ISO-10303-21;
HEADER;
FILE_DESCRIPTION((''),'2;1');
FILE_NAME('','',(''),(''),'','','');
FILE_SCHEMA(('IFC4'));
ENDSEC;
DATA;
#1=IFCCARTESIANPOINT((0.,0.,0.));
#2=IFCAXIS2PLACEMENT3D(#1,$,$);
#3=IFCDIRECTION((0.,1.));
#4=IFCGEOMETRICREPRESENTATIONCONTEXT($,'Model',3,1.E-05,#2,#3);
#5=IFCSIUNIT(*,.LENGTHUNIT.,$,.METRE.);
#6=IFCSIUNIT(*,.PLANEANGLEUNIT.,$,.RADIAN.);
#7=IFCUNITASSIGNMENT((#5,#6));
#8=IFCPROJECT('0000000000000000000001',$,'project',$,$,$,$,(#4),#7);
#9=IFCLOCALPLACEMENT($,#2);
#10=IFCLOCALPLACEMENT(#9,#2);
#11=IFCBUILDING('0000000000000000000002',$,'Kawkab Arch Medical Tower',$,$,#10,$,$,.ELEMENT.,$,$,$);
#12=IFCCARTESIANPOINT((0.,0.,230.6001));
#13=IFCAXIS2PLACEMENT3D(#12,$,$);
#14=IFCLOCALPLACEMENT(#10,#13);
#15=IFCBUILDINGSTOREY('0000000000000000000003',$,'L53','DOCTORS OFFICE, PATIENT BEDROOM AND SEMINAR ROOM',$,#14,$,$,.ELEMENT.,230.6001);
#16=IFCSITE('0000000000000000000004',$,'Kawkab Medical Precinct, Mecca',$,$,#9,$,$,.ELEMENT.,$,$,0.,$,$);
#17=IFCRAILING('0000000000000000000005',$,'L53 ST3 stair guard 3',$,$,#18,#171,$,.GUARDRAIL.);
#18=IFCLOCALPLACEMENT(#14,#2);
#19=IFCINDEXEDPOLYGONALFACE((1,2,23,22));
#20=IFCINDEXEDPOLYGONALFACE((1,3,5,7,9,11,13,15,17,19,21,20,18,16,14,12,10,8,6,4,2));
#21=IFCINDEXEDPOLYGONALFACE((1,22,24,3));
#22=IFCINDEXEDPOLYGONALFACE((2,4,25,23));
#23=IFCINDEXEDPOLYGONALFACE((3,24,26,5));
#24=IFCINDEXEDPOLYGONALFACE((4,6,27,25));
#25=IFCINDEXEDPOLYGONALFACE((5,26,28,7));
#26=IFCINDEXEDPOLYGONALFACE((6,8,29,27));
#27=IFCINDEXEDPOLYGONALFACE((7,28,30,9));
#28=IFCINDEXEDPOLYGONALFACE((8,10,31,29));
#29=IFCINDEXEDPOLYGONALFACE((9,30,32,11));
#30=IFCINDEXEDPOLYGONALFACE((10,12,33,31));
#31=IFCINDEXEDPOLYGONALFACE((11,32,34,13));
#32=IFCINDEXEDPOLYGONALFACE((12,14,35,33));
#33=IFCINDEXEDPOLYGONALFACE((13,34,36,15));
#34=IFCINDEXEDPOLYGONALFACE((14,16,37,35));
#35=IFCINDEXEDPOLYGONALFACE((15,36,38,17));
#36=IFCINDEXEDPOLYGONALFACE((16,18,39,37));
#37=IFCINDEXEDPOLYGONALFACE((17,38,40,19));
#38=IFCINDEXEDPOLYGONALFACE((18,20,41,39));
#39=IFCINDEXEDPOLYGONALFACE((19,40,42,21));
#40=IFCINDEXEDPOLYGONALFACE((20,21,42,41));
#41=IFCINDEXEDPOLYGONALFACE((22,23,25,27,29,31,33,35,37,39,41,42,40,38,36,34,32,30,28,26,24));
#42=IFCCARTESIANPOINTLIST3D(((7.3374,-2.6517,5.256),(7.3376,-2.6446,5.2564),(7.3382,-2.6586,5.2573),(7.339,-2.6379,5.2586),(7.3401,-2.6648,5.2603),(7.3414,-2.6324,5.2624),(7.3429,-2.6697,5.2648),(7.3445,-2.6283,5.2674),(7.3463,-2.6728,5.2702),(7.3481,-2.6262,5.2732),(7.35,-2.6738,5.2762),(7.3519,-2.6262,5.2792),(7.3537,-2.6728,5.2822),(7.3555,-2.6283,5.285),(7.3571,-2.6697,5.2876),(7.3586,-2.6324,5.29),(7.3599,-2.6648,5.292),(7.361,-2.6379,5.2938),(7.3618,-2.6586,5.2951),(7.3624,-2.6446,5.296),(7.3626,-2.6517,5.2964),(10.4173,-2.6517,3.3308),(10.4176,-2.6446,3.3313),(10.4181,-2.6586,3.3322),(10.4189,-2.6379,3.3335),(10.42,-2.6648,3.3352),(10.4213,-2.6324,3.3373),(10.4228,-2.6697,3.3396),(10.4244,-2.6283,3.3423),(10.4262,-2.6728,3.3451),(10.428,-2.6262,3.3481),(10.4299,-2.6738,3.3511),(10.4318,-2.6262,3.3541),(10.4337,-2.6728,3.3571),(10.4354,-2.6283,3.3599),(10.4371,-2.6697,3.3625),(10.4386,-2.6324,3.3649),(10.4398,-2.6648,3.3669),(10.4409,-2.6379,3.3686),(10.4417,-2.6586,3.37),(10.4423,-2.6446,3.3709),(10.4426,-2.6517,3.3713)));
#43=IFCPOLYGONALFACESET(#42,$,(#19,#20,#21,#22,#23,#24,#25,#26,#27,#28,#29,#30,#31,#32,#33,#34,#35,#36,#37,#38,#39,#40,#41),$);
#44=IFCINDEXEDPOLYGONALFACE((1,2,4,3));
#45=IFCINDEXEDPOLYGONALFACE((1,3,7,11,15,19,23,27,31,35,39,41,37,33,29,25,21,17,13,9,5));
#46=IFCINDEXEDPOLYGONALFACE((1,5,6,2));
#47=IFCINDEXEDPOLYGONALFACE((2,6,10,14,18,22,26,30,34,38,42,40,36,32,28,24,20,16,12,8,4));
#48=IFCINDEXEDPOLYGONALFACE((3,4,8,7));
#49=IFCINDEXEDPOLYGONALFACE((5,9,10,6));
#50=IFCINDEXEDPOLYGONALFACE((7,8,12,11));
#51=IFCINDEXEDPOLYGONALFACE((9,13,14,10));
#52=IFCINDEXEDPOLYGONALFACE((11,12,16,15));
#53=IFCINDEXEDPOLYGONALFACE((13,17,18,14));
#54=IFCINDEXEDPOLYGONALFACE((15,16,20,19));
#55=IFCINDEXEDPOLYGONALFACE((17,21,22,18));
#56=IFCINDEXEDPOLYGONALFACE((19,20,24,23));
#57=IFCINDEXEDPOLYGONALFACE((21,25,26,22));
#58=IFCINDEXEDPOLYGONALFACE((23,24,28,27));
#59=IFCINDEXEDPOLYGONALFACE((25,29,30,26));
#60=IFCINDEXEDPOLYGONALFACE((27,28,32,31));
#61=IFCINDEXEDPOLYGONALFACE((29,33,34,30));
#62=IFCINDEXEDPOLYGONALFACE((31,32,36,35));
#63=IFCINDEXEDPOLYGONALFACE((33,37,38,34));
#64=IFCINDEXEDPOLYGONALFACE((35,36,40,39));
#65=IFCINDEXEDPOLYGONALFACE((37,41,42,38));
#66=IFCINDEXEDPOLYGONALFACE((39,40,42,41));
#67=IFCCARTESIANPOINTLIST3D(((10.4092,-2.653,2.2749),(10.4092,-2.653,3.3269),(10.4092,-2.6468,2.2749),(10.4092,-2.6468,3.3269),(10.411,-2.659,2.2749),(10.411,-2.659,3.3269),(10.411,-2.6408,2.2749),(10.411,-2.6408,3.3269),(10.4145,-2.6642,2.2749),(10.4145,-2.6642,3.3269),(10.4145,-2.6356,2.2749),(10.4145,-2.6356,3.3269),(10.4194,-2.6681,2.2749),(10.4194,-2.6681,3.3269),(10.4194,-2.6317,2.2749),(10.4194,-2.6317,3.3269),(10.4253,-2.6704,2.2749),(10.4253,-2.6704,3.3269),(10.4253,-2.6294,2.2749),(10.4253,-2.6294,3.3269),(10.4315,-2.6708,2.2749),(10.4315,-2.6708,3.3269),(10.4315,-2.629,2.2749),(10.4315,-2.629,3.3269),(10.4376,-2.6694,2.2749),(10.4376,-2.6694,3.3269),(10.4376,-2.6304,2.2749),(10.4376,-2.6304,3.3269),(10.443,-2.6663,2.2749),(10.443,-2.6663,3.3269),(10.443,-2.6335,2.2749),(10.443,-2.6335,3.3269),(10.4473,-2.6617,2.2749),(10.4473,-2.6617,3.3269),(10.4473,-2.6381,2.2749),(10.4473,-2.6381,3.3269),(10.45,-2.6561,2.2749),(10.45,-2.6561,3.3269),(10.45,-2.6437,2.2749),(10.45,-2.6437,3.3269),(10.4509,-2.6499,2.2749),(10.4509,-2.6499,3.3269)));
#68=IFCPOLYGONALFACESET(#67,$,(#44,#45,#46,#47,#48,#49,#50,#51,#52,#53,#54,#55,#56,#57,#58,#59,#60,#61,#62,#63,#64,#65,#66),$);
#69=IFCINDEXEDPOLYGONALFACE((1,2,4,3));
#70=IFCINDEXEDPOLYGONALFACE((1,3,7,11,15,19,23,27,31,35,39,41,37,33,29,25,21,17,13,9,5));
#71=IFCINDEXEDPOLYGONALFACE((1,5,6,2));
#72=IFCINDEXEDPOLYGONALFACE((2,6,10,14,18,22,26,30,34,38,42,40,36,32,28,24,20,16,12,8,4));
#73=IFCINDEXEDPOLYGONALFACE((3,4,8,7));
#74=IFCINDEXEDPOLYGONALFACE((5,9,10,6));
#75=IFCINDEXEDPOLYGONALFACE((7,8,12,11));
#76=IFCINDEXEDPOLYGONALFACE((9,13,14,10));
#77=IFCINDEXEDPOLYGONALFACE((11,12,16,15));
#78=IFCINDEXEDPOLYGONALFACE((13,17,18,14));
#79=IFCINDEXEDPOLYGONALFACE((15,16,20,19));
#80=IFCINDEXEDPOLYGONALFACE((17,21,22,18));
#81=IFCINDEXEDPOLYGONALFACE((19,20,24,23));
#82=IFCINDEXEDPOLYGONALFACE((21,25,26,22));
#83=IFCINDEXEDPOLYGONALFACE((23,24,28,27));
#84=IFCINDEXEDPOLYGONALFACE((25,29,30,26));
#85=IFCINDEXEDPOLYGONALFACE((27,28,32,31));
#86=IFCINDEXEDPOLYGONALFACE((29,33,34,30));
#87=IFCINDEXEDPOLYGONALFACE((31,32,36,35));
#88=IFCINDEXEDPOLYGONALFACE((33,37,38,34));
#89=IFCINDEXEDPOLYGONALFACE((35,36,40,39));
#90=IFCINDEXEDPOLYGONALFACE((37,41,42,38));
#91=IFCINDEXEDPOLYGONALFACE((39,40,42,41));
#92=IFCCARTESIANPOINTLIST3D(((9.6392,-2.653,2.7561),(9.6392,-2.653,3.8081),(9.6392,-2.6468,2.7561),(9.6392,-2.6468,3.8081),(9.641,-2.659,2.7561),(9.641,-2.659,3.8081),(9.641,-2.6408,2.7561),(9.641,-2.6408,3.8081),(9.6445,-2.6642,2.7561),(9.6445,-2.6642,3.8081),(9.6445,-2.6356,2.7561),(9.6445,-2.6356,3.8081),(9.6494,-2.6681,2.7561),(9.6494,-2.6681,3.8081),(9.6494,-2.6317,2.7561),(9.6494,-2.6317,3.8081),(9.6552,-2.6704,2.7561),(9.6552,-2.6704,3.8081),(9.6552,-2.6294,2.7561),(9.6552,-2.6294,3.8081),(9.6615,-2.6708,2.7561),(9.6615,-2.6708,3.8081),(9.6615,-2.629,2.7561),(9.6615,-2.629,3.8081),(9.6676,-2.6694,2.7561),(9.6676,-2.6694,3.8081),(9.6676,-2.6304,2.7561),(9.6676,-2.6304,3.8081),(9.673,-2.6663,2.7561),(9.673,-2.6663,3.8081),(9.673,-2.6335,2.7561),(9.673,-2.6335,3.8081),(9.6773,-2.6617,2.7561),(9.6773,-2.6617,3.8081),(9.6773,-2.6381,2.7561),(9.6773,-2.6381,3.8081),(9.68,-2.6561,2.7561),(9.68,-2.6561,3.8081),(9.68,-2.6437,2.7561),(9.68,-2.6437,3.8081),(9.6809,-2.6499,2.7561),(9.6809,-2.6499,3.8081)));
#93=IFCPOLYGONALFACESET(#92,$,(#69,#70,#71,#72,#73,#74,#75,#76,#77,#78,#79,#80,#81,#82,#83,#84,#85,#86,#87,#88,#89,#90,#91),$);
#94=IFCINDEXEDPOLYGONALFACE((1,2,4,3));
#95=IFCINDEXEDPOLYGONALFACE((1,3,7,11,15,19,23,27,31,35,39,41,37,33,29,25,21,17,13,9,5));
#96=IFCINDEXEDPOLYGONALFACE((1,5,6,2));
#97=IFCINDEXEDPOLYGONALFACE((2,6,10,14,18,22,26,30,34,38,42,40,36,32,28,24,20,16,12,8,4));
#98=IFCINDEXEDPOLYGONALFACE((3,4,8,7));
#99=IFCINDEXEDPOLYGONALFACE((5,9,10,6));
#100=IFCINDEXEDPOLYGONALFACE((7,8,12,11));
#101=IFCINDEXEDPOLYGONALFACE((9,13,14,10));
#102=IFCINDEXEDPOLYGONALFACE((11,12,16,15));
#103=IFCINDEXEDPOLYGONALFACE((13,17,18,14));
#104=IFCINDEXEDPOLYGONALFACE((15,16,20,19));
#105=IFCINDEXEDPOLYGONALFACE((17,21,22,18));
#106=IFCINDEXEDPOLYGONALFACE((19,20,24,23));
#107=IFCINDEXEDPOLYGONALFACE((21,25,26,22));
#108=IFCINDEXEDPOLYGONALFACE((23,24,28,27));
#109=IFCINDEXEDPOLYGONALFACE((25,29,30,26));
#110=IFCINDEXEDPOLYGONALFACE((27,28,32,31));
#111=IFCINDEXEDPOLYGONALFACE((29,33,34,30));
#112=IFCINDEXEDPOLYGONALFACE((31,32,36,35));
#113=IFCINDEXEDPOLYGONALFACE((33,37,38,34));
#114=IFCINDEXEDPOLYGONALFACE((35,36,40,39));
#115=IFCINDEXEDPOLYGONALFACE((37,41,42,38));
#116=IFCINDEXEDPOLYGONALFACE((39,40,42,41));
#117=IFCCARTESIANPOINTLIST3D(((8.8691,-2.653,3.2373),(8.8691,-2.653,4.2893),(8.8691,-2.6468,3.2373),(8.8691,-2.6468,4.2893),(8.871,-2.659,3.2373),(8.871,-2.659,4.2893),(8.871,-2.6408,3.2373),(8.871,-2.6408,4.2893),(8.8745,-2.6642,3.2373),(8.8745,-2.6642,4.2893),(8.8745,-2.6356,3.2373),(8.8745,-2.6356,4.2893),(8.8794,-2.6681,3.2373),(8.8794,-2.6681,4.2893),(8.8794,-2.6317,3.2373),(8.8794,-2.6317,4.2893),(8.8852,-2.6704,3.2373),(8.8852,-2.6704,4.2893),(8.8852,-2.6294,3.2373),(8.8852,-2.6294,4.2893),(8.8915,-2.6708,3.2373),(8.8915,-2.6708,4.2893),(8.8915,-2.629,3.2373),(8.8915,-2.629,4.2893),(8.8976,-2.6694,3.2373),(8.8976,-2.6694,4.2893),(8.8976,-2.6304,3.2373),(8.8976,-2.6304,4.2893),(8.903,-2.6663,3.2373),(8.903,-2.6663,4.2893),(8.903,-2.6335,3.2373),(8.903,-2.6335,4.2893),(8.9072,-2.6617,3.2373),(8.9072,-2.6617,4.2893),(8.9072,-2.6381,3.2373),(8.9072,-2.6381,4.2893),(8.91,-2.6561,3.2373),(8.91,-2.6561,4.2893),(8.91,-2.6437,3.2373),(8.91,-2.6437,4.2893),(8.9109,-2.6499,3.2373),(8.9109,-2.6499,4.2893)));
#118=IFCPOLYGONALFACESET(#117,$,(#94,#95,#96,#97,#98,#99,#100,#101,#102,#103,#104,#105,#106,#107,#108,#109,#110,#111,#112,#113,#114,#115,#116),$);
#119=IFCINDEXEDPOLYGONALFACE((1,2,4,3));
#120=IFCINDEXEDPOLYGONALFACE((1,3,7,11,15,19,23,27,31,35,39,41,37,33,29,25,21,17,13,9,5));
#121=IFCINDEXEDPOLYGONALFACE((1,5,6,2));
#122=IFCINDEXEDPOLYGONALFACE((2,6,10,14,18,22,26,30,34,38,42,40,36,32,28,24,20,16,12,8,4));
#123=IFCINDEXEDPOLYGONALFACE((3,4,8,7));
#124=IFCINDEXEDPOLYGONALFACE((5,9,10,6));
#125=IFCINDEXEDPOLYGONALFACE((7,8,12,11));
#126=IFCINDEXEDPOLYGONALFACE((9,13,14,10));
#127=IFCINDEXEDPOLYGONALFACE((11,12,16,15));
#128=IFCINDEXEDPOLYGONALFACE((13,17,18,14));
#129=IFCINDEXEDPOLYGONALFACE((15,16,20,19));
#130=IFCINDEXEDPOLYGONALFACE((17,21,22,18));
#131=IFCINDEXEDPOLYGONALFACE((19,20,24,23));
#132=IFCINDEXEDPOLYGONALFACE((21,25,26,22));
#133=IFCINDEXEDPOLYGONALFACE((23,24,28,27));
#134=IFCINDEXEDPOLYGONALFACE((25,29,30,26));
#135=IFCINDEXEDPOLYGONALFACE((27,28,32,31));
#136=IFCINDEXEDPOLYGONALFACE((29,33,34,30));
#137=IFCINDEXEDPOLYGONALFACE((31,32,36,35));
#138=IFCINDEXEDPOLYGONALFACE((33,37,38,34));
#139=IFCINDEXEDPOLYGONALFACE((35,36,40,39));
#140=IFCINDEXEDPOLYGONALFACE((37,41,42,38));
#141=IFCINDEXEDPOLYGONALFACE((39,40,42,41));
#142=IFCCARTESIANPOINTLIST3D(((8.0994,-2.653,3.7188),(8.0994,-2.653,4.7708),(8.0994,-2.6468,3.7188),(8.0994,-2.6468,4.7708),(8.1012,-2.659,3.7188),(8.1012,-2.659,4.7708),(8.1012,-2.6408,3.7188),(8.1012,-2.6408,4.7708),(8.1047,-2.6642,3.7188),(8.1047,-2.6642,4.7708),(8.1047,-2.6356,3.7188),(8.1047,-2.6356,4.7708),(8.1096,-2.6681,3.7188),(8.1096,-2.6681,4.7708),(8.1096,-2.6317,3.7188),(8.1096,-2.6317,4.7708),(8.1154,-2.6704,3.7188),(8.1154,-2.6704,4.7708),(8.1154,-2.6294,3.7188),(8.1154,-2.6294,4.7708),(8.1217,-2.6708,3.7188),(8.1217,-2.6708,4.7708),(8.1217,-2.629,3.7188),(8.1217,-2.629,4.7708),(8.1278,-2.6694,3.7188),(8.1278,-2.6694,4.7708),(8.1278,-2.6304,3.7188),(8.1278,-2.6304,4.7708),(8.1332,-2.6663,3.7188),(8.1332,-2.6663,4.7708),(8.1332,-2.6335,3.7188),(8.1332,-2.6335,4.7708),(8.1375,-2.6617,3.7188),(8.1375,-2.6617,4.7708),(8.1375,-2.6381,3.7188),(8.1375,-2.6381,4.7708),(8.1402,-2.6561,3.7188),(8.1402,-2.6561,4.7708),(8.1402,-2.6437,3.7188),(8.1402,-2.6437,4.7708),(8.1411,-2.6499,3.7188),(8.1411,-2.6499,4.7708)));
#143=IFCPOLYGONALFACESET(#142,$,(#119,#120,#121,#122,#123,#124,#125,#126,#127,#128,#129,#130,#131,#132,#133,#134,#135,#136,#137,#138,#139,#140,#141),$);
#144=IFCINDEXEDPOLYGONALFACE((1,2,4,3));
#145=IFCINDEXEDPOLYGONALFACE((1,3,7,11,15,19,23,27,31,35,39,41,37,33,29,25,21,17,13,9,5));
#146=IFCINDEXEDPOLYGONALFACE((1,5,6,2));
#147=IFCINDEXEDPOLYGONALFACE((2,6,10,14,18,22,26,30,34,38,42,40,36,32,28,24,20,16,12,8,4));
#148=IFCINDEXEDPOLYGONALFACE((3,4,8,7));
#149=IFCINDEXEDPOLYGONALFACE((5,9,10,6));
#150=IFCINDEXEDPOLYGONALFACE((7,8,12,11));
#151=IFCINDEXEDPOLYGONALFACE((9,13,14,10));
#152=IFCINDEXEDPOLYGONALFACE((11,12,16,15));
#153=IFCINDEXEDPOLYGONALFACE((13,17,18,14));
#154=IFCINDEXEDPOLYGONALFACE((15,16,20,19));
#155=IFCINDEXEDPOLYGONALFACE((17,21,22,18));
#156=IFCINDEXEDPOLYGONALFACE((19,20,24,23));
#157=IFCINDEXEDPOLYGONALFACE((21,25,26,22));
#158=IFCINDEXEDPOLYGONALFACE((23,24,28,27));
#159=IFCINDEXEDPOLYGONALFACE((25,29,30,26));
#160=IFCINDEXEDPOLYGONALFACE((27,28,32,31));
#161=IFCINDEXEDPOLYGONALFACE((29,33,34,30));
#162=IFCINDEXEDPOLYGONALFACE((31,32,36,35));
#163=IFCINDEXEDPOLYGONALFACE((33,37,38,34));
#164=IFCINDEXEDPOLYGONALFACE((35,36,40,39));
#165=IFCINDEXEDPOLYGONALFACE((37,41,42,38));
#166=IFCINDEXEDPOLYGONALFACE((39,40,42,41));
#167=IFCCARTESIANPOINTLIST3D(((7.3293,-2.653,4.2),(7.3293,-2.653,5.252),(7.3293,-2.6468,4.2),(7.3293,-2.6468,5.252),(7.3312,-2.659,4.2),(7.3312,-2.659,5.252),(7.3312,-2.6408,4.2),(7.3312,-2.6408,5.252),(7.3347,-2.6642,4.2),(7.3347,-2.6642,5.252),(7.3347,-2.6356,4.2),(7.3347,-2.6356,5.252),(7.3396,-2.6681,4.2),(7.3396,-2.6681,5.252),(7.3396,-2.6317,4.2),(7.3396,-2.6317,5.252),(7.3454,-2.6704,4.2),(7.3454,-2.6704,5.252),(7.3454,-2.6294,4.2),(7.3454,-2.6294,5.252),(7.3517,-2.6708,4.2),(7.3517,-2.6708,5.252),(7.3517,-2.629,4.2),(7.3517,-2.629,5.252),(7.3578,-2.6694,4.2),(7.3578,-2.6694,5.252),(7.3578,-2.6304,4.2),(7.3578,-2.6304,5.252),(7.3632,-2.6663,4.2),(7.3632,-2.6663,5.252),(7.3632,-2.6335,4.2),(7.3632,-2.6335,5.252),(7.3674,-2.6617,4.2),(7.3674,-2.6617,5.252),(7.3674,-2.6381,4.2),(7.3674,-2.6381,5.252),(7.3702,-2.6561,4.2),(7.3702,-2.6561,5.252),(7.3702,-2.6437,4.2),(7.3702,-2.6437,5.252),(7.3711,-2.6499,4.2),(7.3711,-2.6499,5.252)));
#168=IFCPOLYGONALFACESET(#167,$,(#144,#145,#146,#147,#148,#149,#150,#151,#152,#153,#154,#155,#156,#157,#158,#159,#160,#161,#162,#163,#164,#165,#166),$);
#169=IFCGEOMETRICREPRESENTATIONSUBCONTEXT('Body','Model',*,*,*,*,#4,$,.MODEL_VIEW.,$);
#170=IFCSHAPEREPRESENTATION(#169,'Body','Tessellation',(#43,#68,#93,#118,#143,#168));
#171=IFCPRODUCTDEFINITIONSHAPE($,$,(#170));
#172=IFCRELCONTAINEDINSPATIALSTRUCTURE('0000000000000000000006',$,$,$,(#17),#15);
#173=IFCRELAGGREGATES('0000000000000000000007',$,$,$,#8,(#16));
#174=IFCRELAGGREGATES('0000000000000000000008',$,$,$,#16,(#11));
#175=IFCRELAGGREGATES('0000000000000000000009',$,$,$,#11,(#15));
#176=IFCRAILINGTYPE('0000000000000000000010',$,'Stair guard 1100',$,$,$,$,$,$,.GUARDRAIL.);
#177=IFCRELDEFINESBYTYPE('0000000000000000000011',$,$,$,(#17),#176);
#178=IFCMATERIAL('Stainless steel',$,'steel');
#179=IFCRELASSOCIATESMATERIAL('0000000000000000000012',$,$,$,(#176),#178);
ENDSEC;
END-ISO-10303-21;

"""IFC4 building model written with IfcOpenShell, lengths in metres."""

from ifc_helpers import new_model, si_unit, direction, frame, origin, origin_2d, place, context, subcontext, project, spatial, circle, extrude, material, type_object, element, save


model = new_model("IFC4")

# Units and contexts
model_context = context("Model", 3, precision=1e-05, world=origin(), true_north=direction((0.0, 1.0)))
body_context = subcontext(model_context, "Body", "Model", "MODEL_VIEW")
ifc_project = project(units=[si_unit("LENGTHUNIT", "METRE"), si_unit("PLANEANGLEUNIT", "RADIAN")], contexts=[model_context])

# Site, building, storey
site_placement = place(None, origin())
site = spatial("IfcSite", under=ifc_project, at=site_placement, Name="Kawkab Medical Precinct, Mecca", CompositionType="ELEMENT", RefElevation=0.0)
building_placement = place(site_placement, origin())
building = spatial("IfcBuilding", under=site, at=building_placement, Name="Kawkab Arch Medical Tower", CompositionType="ELEMENT")
storey_placement = place(building_placement, frame((0.0, 0.0, 230.6001)))
storey = spatial("IfcBuildingStorey", under=building, at=storey_placement, Name="L53", Description="DOCTORS OFFICE, PATIENT BEDROOM AND SEMINAR ROOM", CompositionType="ELEMENT", Elevation=230.6001)

# Railing
ifc_material_1 = material(Name="Stainless steel", Category="steel")
railing_type = type_object("IfcRailingType", Name="Stair guard 1100", PredefinedType="GUARDRAIL", material=ifc_material_1)
railing_1_placement = place(storey_placement, frame((10.4299, -2.6499, 2.2749)))
element("IfcRailing", 1, at=railing_1_placement, inside=storey, type_object=railing_type, Name="L53 ST3 stair guard 3", PredefinedType="GUARDRAIL", context=body_context, shape_type="SweptSolid", body=[
    extrude(circle(Radius=0.0239, at=origin_2d()), frame((0.0, 0.0, 1.0762), z_axis=(-0.847979, 0.0, 0.530029), x_axis=(0.0, -1.0, 0.0)), (0.0, 0.0, 1.0), 3.6321),
    extrude(circle(Radius=0.021, at=origin_2d()), origin(), (0.0, 0.0, 1.0), 1.052),
    extrude(circle(Radius=0.021, at=origin_2d()), frame((-0.77, 0.0, 0.4812)), (0.0, 0.0, 1.0), 1.052),
    extrude(circle(Radius=0.021, at=origin_2d()), frame((-1.54, 0.0, 0.9624)), (0.0, 0.0, 1.0), 1.052),
    extrude(circle(Radius=0.021, at=origin_2d()), frame((-2.3098, 0.0, 1.4438)), (0.0, 0.0, 1.0), 1.052),
    extrude(circle(Radius=0.021, at=origin_2d()), frame((-3.0798, 0.0, 1.925)), (0.0, 0.0, 1.0), 1.052),
])

save(model, "model.ifc")
